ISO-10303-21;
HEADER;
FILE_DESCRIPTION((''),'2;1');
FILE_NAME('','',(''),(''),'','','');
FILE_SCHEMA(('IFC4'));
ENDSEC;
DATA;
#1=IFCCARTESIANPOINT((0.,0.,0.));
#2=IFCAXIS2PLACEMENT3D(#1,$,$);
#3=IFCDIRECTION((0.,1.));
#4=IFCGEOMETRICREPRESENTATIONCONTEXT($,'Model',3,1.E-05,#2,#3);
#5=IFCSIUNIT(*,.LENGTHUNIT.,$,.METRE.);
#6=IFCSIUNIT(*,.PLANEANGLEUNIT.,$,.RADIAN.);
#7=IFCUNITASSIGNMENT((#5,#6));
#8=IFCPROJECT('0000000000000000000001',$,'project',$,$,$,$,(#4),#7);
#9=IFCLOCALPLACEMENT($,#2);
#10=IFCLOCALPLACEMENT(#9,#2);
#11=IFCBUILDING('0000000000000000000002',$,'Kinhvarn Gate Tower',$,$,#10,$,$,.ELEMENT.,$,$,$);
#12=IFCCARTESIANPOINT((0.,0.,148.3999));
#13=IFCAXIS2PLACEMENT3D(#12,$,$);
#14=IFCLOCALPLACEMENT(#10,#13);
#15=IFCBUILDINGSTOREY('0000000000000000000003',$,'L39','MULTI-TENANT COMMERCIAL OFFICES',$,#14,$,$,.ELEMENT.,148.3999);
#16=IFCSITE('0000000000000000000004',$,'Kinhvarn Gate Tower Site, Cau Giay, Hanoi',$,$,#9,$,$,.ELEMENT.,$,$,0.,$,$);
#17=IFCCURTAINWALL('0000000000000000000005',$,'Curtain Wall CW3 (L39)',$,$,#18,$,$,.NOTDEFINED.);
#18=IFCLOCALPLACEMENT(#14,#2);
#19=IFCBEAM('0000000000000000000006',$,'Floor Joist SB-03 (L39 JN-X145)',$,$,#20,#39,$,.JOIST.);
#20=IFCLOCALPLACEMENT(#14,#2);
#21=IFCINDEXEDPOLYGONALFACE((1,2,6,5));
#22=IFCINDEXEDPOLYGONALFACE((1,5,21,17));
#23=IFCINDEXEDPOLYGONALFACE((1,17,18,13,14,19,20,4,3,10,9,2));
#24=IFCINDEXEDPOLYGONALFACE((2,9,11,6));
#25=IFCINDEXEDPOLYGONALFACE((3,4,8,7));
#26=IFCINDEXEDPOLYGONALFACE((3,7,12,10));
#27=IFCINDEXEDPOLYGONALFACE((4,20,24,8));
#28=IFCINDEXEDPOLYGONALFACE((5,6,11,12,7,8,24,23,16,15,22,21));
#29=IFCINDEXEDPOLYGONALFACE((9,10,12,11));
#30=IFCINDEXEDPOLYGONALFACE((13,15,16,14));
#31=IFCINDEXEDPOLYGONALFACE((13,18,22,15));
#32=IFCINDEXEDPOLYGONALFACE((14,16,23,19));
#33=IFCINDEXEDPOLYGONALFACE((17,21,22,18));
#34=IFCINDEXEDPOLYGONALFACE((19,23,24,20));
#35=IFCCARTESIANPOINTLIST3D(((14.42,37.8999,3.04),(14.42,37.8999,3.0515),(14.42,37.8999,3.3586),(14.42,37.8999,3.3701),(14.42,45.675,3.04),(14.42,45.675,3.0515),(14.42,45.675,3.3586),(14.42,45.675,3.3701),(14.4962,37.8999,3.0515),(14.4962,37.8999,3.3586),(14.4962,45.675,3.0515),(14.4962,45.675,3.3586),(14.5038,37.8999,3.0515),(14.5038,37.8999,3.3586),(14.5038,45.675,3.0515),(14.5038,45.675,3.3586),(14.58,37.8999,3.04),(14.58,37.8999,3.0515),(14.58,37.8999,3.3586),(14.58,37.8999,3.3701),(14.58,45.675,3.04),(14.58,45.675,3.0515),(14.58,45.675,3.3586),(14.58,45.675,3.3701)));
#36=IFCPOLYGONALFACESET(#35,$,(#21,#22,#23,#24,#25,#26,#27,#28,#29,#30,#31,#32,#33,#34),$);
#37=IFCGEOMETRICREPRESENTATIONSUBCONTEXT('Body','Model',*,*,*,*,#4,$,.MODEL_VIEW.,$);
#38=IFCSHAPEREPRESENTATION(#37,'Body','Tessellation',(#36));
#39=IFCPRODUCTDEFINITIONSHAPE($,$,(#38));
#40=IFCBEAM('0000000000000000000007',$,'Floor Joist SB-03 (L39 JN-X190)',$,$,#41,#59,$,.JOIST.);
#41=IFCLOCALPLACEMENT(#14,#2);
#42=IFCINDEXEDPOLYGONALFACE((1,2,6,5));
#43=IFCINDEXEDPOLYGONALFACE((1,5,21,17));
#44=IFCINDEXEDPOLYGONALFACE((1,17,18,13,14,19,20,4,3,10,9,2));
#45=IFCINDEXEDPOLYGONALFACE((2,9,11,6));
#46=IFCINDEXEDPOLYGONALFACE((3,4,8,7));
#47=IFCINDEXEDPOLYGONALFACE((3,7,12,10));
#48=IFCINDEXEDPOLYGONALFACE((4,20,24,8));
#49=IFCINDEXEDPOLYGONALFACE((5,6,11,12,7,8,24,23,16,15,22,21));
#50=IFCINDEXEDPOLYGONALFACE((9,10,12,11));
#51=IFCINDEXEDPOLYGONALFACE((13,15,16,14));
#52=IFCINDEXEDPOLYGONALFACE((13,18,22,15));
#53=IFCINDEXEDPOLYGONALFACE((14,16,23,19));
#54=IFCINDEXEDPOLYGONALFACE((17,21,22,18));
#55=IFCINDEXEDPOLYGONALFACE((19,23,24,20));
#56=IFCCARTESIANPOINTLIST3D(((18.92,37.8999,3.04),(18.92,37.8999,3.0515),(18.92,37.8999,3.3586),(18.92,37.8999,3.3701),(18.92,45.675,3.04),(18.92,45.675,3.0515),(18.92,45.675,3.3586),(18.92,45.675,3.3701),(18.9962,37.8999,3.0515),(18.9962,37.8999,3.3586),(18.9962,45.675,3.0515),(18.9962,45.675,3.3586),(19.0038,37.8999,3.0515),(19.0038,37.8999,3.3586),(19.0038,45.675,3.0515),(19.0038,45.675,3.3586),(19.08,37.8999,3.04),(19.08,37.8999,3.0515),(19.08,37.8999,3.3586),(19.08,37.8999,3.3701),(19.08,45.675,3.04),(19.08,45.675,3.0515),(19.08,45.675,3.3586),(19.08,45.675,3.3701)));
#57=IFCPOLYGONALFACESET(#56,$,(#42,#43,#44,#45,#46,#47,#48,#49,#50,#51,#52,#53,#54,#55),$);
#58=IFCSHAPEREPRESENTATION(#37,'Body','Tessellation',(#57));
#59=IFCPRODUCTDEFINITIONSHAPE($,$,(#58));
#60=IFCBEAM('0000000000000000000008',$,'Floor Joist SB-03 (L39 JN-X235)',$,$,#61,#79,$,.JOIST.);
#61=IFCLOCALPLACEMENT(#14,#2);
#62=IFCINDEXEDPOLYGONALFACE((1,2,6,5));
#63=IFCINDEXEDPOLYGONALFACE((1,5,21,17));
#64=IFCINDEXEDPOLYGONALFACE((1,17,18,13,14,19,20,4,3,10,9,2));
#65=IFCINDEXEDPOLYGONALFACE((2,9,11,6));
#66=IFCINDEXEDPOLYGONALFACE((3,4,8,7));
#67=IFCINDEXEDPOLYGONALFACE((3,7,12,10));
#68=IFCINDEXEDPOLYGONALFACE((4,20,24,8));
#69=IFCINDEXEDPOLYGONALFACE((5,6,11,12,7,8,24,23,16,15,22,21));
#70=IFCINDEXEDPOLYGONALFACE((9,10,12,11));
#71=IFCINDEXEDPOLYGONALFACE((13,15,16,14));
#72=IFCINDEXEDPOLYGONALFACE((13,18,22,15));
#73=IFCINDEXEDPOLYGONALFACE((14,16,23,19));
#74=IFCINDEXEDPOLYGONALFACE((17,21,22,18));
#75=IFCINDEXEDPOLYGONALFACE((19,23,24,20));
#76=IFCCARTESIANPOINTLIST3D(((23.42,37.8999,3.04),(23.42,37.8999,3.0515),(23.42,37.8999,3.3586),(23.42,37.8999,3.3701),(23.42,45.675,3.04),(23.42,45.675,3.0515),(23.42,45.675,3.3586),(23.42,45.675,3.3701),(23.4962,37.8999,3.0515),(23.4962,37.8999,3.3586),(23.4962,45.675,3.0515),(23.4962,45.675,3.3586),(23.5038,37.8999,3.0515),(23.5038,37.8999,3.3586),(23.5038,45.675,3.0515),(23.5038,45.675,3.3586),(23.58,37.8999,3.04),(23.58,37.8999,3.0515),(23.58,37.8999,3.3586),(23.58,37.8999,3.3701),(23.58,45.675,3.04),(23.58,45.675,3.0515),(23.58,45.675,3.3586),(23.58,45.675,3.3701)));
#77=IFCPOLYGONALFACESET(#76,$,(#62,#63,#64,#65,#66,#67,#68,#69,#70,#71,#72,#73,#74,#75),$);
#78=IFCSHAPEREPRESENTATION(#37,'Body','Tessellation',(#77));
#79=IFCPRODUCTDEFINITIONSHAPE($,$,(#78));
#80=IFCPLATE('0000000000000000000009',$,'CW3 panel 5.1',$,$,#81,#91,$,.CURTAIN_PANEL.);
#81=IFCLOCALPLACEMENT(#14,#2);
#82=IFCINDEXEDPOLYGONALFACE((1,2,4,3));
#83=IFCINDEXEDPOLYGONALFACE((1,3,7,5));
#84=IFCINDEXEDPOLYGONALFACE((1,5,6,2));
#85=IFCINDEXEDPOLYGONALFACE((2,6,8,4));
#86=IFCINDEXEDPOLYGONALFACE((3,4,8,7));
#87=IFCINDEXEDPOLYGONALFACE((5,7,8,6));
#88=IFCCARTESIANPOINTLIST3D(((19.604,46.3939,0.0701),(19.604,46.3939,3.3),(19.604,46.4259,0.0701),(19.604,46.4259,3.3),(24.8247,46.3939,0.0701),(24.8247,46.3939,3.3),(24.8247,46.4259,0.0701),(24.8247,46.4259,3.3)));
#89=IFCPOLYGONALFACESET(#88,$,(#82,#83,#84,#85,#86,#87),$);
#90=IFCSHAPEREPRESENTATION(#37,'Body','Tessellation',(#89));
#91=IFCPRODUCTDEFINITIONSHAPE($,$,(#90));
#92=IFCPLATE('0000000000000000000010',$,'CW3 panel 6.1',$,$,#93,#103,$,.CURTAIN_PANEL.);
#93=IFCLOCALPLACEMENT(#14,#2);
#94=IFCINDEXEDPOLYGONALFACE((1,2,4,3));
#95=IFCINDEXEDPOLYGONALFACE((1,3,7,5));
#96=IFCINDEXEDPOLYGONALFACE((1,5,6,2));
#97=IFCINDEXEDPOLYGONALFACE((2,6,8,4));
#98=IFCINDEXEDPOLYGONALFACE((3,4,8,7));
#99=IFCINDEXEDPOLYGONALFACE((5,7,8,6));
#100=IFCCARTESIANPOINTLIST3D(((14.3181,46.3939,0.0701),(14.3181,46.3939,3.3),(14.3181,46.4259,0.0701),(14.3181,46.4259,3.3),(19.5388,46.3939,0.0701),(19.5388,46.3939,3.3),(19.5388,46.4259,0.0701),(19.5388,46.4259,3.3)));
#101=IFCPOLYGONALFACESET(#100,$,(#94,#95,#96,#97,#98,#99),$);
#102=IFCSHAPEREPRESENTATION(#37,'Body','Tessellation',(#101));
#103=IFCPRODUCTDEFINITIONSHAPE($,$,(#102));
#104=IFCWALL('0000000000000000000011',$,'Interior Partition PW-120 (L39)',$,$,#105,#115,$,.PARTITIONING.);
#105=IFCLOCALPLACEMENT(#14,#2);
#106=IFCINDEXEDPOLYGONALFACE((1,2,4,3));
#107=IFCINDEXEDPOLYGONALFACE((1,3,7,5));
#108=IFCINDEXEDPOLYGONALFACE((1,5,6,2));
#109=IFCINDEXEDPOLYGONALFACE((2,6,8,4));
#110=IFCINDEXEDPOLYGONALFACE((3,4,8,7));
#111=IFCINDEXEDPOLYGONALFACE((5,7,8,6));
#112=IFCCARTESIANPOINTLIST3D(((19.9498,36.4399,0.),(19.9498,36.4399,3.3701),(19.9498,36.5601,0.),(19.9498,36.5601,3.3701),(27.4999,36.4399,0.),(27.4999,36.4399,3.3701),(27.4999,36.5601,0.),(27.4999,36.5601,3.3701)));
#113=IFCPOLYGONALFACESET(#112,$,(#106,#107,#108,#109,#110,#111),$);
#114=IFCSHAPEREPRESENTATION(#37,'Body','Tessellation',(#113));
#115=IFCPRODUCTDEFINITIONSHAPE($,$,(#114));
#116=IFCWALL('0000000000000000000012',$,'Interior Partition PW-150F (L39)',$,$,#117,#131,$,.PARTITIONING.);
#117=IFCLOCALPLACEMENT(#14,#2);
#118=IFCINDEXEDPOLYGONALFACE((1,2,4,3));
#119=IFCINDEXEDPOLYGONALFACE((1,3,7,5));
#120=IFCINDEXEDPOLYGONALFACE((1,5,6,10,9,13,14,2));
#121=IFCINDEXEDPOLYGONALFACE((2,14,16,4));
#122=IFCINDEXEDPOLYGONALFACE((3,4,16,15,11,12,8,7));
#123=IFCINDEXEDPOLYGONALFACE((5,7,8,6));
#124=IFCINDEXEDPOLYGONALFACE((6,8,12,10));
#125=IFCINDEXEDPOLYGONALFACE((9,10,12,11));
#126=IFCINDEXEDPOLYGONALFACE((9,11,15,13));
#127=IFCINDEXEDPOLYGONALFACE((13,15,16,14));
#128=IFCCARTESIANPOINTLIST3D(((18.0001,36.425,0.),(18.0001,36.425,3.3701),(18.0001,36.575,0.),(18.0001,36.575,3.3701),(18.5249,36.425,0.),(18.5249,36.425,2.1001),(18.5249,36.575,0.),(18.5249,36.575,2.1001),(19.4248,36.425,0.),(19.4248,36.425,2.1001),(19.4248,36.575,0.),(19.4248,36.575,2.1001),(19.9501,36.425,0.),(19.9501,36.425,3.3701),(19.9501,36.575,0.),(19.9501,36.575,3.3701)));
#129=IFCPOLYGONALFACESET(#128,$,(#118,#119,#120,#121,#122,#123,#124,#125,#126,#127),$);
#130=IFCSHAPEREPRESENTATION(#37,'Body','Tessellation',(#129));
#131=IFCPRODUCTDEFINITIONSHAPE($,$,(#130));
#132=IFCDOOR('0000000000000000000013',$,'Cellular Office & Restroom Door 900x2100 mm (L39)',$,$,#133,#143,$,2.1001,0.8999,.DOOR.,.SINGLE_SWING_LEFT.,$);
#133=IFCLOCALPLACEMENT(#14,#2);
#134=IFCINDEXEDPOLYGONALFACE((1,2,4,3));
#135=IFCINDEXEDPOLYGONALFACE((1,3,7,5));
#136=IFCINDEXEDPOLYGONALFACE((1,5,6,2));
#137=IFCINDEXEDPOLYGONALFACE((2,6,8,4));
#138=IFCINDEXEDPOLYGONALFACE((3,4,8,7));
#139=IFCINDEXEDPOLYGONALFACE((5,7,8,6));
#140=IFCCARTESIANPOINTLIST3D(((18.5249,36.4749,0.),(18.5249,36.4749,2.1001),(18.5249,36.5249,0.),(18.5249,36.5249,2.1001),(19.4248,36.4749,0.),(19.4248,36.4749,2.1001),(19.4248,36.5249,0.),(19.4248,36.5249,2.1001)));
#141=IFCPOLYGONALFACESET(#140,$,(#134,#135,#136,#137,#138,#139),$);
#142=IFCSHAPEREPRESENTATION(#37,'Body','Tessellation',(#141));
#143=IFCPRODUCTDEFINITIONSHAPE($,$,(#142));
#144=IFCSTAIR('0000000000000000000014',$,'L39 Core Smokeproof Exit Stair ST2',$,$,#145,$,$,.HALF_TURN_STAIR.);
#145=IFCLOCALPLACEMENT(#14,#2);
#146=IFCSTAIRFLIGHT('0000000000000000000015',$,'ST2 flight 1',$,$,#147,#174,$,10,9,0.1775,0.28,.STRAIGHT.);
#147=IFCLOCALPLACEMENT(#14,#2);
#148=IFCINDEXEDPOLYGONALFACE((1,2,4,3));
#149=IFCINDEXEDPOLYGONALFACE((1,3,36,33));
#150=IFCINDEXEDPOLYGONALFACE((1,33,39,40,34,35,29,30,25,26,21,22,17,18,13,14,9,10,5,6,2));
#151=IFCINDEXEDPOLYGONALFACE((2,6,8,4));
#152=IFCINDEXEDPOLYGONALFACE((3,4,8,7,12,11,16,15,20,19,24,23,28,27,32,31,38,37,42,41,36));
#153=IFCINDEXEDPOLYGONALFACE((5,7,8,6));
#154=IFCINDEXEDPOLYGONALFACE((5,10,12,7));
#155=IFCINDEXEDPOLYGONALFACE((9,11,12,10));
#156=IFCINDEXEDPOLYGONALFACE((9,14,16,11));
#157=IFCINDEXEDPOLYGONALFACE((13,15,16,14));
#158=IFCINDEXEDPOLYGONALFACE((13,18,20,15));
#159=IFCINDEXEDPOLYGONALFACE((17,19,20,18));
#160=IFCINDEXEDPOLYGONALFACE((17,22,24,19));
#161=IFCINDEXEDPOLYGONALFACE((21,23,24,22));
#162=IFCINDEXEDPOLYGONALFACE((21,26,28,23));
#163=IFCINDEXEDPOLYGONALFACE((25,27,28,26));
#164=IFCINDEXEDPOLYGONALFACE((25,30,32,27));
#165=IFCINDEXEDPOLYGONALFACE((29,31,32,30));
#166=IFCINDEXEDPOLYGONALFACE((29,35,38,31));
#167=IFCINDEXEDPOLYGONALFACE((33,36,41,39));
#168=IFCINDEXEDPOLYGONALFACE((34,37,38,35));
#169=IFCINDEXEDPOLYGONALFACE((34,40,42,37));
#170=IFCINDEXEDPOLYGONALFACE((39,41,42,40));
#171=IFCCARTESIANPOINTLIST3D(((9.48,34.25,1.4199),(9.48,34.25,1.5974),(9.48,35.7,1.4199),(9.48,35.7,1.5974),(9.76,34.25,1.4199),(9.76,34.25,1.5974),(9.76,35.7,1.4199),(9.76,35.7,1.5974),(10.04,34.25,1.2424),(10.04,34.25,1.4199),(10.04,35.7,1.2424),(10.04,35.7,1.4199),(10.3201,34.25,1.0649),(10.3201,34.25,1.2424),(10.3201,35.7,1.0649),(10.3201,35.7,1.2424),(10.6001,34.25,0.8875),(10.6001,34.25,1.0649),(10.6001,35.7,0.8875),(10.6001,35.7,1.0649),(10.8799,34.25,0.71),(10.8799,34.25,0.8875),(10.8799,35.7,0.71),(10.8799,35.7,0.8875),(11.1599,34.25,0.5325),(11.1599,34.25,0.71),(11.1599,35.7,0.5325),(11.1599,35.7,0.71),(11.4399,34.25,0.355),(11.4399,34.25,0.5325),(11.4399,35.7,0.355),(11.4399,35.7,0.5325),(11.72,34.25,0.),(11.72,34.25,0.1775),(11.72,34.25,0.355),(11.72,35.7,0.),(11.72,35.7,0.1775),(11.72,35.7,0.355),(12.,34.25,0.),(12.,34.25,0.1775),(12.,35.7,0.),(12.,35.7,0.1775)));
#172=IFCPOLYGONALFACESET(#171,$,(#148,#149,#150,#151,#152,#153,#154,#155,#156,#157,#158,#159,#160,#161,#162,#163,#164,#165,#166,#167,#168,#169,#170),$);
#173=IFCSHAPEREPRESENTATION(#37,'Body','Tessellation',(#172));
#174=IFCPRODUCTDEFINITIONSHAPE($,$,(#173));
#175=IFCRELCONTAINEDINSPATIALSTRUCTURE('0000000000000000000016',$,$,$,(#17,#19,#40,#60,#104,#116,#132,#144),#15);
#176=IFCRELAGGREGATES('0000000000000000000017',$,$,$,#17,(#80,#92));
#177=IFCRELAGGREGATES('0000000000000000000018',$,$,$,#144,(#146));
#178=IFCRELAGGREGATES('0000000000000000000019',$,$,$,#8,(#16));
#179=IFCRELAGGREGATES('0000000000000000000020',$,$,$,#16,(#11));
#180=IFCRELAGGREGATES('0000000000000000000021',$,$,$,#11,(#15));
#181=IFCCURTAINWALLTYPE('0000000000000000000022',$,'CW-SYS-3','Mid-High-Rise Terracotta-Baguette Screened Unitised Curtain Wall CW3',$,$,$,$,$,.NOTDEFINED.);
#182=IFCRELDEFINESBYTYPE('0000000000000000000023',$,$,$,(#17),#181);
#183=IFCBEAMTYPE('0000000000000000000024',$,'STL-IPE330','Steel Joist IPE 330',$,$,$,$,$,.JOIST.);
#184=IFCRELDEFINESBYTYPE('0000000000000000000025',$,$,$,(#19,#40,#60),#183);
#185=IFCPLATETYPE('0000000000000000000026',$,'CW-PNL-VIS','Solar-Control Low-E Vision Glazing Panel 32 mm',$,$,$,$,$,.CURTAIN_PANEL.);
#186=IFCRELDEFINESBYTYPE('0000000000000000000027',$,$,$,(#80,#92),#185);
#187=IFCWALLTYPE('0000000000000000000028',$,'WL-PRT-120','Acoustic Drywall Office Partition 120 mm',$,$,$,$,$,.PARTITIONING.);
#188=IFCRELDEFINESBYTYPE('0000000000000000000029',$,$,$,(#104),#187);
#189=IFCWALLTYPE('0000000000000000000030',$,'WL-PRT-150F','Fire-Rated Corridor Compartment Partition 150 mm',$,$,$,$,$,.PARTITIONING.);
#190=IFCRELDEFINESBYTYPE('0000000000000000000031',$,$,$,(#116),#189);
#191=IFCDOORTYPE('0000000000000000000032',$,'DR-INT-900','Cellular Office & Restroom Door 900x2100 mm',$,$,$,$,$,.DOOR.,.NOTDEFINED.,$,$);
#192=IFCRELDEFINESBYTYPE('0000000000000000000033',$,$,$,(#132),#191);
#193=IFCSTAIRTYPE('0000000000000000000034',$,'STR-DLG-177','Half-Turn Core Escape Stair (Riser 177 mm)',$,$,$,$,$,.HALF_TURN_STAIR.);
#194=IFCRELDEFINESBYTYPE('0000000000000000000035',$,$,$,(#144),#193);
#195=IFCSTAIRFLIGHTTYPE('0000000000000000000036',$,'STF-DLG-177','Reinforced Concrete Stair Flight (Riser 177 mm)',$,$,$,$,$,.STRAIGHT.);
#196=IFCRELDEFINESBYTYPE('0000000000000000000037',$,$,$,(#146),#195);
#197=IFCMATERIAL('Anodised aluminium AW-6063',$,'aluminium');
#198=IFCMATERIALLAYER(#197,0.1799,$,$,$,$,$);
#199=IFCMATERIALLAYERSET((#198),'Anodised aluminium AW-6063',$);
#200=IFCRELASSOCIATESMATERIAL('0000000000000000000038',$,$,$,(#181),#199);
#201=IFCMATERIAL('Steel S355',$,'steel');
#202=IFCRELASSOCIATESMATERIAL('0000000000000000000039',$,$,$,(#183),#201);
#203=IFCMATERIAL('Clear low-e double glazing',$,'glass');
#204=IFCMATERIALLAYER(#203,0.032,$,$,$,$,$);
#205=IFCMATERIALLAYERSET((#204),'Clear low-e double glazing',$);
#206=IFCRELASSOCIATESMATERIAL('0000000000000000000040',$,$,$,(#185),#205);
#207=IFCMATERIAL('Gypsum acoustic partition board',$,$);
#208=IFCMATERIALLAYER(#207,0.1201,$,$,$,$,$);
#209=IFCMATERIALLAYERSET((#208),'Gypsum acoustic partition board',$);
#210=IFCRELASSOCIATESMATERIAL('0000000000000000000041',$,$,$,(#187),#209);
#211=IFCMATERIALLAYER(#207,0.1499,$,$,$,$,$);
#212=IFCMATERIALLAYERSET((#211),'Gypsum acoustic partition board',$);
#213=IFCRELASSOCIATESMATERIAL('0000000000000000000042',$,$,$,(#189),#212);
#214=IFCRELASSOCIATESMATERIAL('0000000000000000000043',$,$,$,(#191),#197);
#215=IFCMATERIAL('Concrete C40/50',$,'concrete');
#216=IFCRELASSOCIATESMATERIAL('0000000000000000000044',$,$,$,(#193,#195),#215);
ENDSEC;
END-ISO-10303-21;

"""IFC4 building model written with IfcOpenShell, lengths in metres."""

from ifc_helpers import new_model, si_unit, direction, frame, frame_2d, origin, origin_2d, place, context, subcontext, project, spatial, polyline, rectangle, i_section, outline, extrude, material, layer, layer_set, material_profile, profile_set, type_object, element, fill, aggregate, save


model = new_model("IFC4")

# Units and contexts
model_context = context("Model", 3, precision=1e-05, world=origin(), true_north=direction((0.0, 1.0)))
body_context = subcontext(model_context, "Body", "Model", "MODEL_VIEW")
ifc_project = project(units=[si_unit("LENGTHUNIT", "METRE"), si_unit("PLANEANGLEUNIT", "RADIAN")], contexts=[model_context])

# Site, building, storey
site_placement = place(None, origin())
site = spatial("IfcSite", under=ifc_project, at=site_placement, Name="Kinhvarn Gate Tower Site, Cau Giay, Hanoi", CompositionType="ELEMENT", RefElevation=0.0)
building_placement = place(site_placement, origin())
building = spatial("IfcBuilding", under=site, at=building_placement, Name="Kinhvarn Gate Tower", CompositionType="ELEMENT")
storey_placement = place(building_placement, frame((0.0, 0.0, 148.3999)))
storey = spatial("IfcBuildingStorey", under=building, at=storey_placement, Name="L39", Description="MULTI-TENANT COMMERCIAL OFFICES", CompositionType="ELEMENT", Elevation=148.3999)

# Curtain wall
ifc_material_1 = material(Name="Anodised aluminium AW-6063", Category="aluminium")
ifc_layer_1 = layer(ifc_material_1, 0.1799)
ifc_layer_set_1 = layer_set([ifc_layer_1], Name="Anodised aluminium AW-6063")
curtain_wall_type = type_object("IfcCurtainWallType", Name="CW-SYS-3", Description="Mid-High-Rise Terracotta-Baguette Screened Unitised Curtain Wall CW3", PredefinedType="NOTDEFINED", material=ifc_layer_set_1)
curtain_wall_placement = place(storey_placement, origin())
curtain_wall = element("IfcCurtainWall", 1, at=curtain_wall_placement, inside=storey, type_object=curtain_wall_type, Name="Curtain Wall CW3 (L39)", PredefinedType="NOTDEFINED")

# Beams
ifc_material_2 = material(Name="Steel S355", Category="steel")
ifc_material_profile_1 = material_profile(ifc_material_2, i_section(OverallWidth=0.1599, OverallDepth=0.3301, WebThickness=0.0076, FlangeThickness=0.0115, at=origin_2d()), Name="IPE 330")
ifc_profile_set_1 = profile_set([ifc_material_profile_1], Name="Steel S355")
beam_type_1 = type_object("IfcBeamType", Name="STL-IPE330", Description="Steel Joist IPE 330", PredefinedType="JOIST", material=ifc_profile_set_1)
for number, where, z_axis, x_axis, name in (
    (2, (14.5, 37.8999, 3.2051), (0.0, 1.0, 0.0), (-1.0, 0.0, 0.0), "Floor Joist SB-03 (L39 JN-X145)"),
    (3, (19.0, 37.8999, 3.2051), (0.0, 1.0, 0.0), (-1.0, 0.0, 0.0), "Floor Joist SB-03 (L39 JN-X190)"),
    (4, (23.5, 37.8999, 3.2051), (0.0, 1.0, 0.0), (-1.0, 0.0, 0.0), "Floor Joist SB-03 (L39 JN-X235)"),
):
    element("IfcBeam", number, at=place(storey_placement, frame(where, z_axis=z_axis, x_axis=x_axis)), inside=storey, type_object=beam_type_1, Name=name, PredefinedType="JOIST", context=body_context, shape_type="SweptSolid", body=[
        extrude(i_section(OverallWidth=0.1599, OverallDepth=0.3301, WebThickness=0.0076, FlangeThickness=0.0115, at=origin_2d()), origin(), (0.0, 0.0, 1.0), 7.7751),
    ])

# Plates
ifc_material_3 = material(Name="Clear low-e double glazing", Category="glass")
ifc_layer_2 = layer(ifc_material_3, 0.032)
ifc_layer_set_2 = layer_set([ifc_layer_2], Name="Clear low-e double glazing")
plate_type = type_object("IfcPlateType", Name="CW-PNL-VIS", Description="Solar-Control Low-E Vision Glazing Panel 32 mm", PredefinedType="CURTAIN_PANEL", material=ifc_layer_set_2)
plate_1_placement = place(storey_placement, frame((22.2144, 46.4099, 0.0701), z_axis=(0.0, 0.0, 1.0), x_axis=(-1.0, 0.0, 0.0)))
plate_1 = element("IfcPlate", 5, at=plate_1_placement, type_object=plate_type, Name="CW3 panel 5.1", PredefinedType="CURTAIN_PANEL", context=body_context, shape_type="SweptSolid", body=[
    extrude(rectangle(XDim=5.2207, YDim=0.032, at=origin_2d()), origin(), (0.0, 0.0, 1.0), 3.23),
])
plate_2_placement = place(storey_placement, frame((16.9285, 46.4099, 0.0701), z_axis=(0.0, 0.0, 1.0), x_axis=(-1.0, 0.0, 0.0)))
plate_2 = element("IfcPlate", 6, at=plate_2_placement, type_object=plate_type, Name="CW3 panel 6.1", PredefinedType="CURTAIN_PANEL", context=body_context, shape_type="SweptSolid", body=[
    extrude(rectangle(XDim=5.2207, YDim=0.032, at=origin_2d()), origin(), (0.0, 0.0, 1.0), 3.23),
])
aggregate(curtain_wall, [plate_1, plate_2])

# Wall
ifc_material_4 = material(Name="Gypsum acoustic partition board")
ifc_layer_3 = layer(ifc_material_4, 0.1201)
ifc_layer_set_3 = layer_set([ifc_layer_3], Name="Gypsum acoustic partition board")
wall_type_1 = type_object("IfcWallType", Name="WL-PRT-120", Description="Acoustic Drywall Office Partition 120 mm", PredefinedType="PARTITIONING", material=ifc_layer_set_3)
wall_1_placement = place(storey_placement, frame((19.95, 36.5, 0.0), z_axis=(0.0, 0.0, 1.0), x_axis=(1.0, 0.0, 0.0)))
element("IfcWall", 7, at=wall_1_placement, inside=storey, type_object=wall_type_1, Name="Interior Partition PW-120 (L39)", PredefinedType="PARTITIONING", context=body_context, shape_type="SweptSolid", body=[
    extrude(rectangle(XDim=7.55, YDim=0.1201, at=frame_2d((3.7749, 0.0))), origin(), (0.0, 0.0, 1.0), 3.3701),
])

# Wall, opening, door
ifc_layer_4 = layer(ifc_material_4, 0.1499)
ifc_layer_set_4 = layer_set([ifc_layer_4], Name="Gypsum acoustic partition board")
wall_type_2 = type_object("IfcWallType", Name="WL-PRT-150F", Description="Fire-Rated Corridor Compartment Partition 150 mm", PredefinedType="PARTITIONING", material=ifc_layer_set_4)
wall_2_placement = place(storey_placement, frame((18.0, 36.5, 0.0), z_axis=(0.0, 0.0, 1.0), x_axis=(1.0, 0.0, 0.0)))
wall_2 = element("IfcWall", 8, at=wall_2_placement, inside=storey, type_object=wall_type_2, Name="Interior Partition PW-150F (L39)", PredefinedType="PARTITIONING", context=body_context, shape_type="SweptSolid", body=[
    extrude(rectangle(XDim=1.95, YDim=0.1499, at=frame_2d((0.9751, 0.0))), origin(), (0.0, 0.0, 1.0), 3.3701),
])
opening_1_placement = place(wall_2_placement, frame((0.5249, 0.0, 0.0)))
opening_1 = element("IfcOpeningElement", 9, at=opening_1_placement, cuts=wall_2, PredefinedType="OPENING", context=body_context, shape_type="SweptSolid", body=[
    extrude(rectangle(XDim=0.8999, YDim=2.1001, at=frame_2d((0.45, 1.05))), frame((0.0, 0.085, 0.0), z_axis=(0.0, -1.0, 0.0), x_axis=(1.0, 0.0, 0.0)), (0.0, 0.0, 1.0), 0.1699),
])
door_type_1 = type_object("IfcDoorType", Name="DR-INT-900", Description="Cellular Office & Restroom Door 900x2100 mm", OperationType="NOTDEFINED", PredefinedType="DOOR", material=ifc_material_1)
door_1_placement = place(opening_1_placement, origin())
door_1 = element("IfcDoor", 10, at=door_1_placement, inside=storey, type_object=door_type_1, Name="Cellular Office & Restroom Door 900x2100 mm (L39)", OperationType="SINGLE_SWING_LEFT", OverallHeight=2.1001, OverallWidth=0.8999, PredefinedType="DOOR", context=body_context, shape_type="SweptSolid", body=[
    extrude(rectangle(XDim=0.8999, YDim=2.1001, at=frame_2d((0.45, 1.05))), frame((0.0, 0.0249, 0.0), z_axis=(0.0, -1.0, 0.0), x_axis=(1.0, 0.0, 0.0)), (0.0, 0.0, 1.0), 0.05),
])
fill(opening_1, door_1)
ifc_material_5 = material(Name="Concrete C40/50", Category="concrete")

# Stair, stair flight
stair_type = type_object("IfcStairType", Name="STR-DLG-177", Description="Half-Turn Core Escape Stair (Riser 177 mm)", PredefinedType="HALF_TURN_STAIR", material=ifc_material_5)
stair_placement = place(storey_placement, origin())
stair = element("IfcStair", 11, at=stair_placement, inside=storey, type_object=stair_type, Name="L39 Core Smokeproof Exit Stair ST2", PredefinedType="HALF_TURN_STAIR")
stair_flight_type = type_object("IfcStairFlightType", Name="STF-DLG-177", Description="Reinforced Concrete Stair Flight (Riser 177 mm)", PredefinedType="STRAIGHT", material=ifc_material_5)
stair_flight_placement = place(storey_placement, frame((12.0, 34.9751, 0.0), z_axis=(0.0, 0.0, 1.0), x_axis=(-1.0, 0.0, 0.0)))
stair_flight = element("IfcStairFlight", 12, at=stair_flight_placement, type_object=stair_flight_type, Name="ST2 flight 1", NumberOfRisers=10, NumberOfTreads=9, PredefinedType="STRAIGHT", RiserHeight=0.1775, TreadLength=0.28, context=body_context, shape_type="SweptSolid", body=[
    extrude(outline(polyline([(0.0, 0.0), (0.0, 0.1775), (0.28, 0.1775), (0.28, 0.355), (0.5601, 0.355), (0.5601, 0.5325), (0.8401, 0.5325), (0.8401, 0.71), (1.1201, 0.71), (1.1201, 0.8875), (1.3999, 0.8875), (1.3999, 1.0649), (1.6799, 1.0649), (1.6799, 1.2424), (1.96, 1.2424), (1.96, 1.4199), (2.24, 1.4199), (2.24, 1.5974), (2.52, 1.5974), (2.52, 1.7749), (2.52, 1.4199), (0.28, 0.0), (0.0, 0.0)])), frame((0.0, 0.7251, 0.0), z_axis=(0.0, -1.0, 0.0), x_axis=(1.0, 0.0, 0.0)), (0.0, 0.0, 1.0), 1.45),
])
aggregate(stair, [stair_flight])

save(model, "model.ifc")
